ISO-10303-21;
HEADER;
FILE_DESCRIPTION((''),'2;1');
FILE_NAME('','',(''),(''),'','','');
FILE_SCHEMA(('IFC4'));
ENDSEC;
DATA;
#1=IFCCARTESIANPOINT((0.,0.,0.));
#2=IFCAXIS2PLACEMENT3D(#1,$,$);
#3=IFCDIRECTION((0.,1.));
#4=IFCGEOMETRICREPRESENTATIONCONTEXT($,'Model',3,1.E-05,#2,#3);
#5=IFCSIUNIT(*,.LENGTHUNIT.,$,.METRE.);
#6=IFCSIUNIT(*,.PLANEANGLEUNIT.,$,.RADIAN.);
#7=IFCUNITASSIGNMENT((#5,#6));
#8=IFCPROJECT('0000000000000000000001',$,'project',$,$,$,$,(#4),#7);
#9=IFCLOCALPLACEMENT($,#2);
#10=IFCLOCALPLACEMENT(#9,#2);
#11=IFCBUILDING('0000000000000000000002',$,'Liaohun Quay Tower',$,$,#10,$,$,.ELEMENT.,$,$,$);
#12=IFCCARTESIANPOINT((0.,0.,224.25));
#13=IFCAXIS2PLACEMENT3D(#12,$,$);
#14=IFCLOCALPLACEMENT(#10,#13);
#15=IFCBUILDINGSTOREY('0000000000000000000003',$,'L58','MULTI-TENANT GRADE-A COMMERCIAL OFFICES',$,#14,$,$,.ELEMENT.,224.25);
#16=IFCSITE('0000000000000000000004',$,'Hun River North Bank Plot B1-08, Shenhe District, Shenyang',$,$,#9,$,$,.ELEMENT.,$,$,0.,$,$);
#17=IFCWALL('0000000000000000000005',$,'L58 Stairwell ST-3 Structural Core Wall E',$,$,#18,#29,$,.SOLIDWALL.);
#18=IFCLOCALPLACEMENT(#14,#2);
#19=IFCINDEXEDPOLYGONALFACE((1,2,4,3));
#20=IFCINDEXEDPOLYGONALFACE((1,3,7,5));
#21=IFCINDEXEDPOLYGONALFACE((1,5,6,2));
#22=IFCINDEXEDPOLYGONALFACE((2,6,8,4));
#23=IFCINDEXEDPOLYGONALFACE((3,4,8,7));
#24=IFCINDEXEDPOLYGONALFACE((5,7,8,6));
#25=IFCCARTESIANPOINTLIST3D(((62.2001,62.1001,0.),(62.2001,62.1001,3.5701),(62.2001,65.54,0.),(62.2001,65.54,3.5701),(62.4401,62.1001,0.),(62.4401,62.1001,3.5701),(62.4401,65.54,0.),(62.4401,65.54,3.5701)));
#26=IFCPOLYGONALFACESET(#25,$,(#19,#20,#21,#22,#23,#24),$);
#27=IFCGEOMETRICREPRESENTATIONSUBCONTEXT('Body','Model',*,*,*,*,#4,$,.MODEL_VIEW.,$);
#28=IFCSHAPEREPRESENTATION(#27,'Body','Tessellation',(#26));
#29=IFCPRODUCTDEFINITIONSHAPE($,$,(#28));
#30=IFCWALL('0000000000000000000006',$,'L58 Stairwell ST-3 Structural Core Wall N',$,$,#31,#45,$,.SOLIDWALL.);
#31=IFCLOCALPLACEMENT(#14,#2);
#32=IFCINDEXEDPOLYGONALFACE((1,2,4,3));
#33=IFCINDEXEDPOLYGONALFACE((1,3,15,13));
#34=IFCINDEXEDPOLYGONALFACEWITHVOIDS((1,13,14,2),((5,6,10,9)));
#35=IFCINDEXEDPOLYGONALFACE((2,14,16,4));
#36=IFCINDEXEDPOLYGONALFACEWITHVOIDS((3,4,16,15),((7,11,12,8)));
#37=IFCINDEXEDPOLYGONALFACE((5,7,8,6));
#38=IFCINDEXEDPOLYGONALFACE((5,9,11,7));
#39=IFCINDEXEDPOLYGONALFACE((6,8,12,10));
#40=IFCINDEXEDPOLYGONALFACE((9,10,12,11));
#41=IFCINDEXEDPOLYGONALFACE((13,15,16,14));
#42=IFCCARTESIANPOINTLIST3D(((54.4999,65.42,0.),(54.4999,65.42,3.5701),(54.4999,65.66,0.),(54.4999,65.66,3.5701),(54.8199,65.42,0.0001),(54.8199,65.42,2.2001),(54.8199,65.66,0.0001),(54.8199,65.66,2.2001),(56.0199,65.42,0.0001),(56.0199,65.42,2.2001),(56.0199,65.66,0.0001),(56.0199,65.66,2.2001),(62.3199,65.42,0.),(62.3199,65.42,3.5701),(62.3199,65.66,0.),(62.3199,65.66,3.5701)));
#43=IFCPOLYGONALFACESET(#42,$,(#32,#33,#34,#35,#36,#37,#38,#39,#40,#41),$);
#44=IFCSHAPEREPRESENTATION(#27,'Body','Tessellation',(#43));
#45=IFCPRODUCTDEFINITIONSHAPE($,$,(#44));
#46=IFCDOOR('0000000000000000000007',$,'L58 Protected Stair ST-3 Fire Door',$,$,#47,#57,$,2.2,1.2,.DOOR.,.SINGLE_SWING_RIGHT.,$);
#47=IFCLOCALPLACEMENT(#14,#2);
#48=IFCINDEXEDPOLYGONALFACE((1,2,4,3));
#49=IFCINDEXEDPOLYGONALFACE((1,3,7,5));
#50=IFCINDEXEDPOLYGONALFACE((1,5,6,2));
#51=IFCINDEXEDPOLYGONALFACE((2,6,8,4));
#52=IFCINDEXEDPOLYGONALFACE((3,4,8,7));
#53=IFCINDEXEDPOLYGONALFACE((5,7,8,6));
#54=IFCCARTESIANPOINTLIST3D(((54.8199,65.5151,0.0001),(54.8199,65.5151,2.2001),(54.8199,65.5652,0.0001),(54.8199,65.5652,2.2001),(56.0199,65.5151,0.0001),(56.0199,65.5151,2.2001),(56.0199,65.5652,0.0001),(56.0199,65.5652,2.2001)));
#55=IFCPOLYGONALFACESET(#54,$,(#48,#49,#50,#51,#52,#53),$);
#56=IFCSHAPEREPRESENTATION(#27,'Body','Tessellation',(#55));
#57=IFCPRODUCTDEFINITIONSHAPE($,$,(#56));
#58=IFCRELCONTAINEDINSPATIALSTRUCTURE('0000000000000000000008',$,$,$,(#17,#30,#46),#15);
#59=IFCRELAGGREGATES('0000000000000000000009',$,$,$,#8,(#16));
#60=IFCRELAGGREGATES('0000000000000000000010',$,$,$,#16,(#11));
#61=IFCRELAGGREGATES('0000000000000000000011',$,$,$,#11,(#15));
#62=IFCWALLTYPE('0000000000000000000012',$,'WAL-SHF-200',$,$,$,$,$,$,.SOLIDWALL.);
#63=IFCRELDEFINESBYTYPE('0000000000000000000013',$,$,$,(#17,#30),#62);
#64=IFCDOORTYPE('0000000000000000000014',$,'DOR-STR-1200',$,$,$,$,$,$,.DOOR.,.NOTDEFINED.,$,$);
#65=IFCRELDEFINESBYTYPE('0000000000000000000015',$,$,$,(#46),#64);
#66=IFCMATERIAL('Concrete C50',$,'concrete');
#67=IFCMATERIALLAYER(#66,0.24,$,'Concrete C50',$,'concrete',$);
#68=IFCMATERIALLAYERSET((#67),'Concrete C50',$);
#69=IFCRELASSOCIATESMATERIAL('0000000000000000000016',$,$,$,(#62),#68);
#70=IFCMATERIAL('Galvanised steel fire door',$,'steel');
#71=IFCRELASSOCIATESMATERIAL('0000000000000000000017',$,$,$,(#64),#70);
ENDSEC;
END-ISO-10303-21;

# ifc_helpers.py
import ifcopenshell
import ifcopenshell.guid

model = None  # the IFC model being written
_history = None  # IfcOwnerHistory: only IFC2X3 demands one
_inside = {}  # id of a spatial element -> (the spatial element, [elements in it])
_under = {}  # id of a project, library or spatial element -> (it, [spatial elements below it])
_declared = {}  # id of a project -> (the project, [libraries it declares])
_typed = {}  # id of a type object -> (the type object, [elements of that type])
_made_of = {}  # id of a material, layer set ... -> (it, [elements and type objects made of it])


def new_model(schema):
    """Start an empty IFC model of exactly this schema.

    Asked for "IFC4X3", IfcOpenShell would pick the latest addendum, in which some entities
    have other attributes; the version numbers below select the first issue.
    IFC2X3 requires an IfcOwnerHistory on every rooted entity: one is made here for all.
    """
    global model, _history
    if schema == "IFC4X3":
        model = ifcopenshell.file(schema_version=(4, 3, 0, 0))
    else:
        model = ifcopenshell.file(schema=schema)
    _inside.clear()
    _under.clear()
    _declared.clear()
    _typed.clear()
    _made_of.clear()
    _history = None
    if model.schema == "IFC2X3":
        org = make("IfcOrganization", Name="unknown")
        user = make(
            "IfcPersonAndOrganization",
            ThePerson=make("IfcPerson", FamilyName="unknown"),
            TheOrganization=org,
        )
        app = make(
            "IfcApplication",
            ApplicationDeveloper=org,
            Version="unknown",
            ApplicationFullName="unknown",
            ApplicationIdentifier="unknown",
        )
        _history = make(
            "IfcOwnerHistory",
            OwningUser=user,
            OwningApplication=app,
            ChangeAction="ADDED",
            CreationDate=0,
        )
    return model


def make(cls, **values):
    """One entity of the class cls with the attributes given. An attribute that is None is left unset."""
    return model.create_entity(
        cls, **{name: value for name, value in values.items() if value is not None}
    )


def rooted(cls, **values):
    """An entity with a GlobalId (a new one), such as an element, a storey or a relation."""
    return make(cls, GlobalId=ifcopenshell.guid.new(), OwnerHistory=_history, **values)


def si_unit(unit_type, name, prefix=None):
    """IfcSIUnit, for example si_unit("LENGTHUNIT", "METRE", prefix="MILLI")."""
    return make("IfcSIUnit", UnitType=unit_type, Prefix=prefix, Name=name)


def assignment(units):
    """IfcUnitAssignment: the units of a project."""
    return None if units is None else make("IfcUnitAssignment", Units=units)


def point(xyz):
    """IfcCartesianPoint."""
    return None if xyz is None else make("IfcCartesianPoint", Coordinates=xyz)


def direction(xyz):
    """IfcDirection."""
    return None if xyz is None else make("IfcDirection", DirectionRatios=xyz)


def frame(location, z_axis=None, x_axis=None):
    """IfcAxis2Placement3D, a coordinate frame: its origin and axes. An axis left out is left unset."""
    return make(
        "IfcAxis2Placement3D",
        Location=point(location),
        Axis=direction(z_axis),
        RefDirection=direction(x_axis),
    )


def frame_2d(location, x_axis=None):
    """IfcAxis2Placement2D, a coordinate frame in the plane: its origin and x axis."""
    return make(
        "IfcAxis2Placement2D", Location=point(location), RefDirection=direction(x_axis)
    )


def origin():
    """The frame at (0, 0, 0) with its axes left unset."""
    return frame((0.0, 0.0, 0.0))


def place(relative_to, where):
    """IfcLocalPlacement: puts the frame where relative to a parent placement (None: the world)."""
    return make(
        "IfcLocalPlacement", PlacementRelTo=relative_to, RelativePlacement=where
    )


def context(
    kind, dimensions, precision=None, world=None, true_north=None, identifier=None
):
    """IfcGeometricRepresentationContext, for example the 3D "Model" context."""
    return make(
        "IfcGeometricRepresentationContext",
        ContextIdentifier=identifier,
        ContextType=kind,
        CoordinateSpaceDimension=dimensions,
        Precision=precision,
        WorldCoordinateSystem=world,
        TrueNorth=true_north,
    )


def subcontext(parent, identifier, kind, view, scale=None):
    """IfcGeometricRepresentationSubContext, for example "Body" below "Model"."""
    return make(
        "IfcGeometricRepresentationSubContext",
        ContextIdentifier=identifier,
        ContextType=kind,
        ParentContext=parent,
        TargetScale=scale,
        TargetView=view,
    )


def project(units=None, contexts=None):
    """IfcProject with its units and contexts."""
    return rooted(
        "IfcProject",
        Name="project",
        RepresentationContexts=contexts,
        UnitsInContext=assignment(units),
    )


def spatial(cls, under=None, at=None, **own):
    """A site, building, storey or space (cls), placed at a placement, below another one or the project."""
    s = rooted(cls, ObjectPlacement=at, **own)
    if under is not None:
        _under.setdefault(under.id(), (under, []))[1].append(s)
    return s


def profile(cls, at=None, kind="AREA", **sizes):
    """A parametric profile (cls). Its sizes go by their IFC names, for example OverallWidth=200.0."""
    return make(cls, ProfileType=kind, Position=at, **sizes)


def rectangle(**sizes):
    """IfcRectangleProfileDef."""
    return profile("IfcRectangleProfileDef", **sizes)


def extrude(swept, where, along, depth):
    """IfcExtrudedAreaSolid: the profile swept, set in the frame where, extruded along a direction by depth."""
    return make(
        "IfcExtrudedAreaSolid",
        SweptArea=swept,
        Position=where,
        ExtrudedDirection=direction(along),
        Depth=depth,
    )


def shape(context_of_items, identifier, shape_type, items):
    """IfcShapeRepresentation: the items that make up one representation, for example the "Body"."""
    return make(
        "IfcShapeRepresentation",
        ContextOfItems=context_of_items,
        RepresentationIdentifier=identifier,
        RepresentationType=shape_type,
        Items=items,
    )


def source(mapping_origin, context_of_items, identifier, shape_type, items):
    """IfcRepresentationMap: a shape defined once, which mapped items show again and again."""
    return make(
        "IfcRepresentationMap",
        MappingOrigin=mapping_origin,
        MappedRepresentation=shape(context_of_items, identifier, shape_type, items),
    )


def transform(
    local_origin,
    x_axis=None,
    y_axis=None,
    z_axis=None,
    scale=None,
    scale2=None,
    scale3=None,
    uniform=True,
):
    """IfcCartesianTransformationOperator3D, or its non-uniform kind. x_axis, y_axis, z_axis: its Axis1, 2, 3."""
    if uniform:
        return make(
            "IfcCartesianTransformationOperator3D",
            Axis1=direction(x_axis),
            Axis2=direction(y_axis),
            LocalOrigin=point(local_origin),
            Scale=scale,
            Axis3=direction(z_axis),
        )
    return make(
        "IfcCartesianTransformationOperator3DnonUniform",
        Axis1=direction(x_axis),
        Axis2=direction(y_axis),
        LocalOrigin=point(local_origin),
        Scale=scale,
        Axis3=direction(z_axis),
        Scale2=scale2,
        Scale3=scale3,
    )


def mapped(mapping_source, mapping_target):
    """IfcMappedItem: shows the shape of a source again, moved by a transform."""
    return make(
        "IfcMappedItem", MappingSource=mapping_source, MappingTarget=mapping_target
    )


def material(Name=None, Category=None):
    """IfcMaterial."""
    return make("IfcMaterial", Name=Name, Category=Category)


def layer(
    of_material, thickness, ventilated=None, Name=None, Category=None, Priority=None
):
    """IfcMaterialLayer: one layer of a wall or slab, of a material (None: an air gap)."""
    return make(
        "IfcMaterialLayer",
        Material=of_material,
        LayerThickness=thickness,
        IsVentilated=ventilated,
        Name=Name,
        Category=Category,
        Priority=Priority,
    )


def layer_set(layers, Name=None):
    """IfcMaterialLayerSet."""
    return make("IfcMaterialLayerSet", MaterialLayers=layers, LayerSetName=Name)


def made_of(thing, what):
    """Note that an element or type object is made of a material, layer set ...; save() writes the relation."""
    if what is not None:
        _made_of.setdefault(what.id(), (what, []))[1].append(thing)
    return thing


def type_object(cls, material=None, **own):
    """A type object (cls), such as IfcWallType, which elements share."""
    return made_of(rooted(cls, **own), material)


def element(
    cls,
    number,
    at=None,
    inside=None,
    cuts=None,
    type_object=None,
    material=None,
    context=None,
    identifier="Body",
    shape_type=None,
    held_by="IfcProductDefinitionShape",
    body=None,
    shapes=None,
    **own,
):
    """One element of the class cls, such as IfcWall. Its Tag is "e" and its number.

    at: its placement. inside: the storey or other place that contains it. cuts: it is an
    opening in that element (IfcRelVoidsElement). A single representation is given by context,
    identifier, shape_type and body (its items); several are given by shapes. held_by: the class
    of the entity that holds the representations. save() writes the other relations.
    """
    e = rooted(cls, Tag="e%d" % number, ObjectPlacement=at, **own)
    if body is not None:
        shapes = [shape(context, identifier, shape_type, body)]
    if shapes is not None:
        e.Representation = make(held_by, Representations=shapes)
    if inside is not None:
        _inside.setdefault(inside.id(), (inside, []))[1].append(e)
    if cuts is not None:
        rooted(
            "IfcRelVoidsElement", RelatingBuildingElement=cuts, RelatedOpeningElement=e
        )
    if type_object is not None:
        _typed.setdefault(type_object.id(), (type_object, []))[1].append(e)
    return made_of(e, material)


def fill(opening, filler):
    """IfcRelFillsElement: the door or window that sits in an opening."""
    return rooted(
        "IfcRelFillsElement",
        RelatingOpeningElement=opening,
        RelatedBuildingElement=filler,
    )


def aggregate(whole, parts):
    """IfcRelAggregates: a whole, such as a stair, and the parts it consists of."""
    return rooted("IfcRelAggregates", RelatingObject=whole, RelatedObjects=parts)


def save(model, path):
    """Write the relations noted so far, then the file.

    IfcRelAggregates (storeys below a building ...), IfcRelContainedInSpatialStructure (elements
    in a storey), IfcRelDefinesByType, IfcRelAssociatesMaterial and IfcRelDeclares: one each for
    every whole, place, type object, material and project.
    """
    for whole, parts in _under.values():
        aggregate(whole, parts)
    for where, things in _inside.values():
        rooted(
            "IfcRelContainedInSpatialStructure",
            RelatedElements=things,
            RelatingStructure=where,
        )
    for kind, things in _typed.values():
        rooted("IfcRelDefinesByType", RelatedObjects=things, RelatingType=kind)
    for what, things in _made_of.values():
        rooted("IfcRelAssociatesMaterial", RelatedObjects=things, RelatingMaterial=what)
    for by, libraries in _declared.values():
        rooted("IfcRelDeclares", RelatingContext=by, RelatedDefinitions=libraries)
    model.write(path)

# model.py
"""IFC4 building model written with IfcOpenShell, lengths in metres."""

from ifc_helpers import new_model, si_unit, direction, frame, frame_2d, origin, place, context, subcontext, project, spatial, rectangle, extrude, source, transform, mapped, material, layer, layer_set, type_object, element, fill, save


model = new_model("IFC4")

# Units and contexts
model_context = context("Model", 3, precision=1e-05, world=origin(), true_north=direction((0.0, 1.0)))
body_context = subcontext(model_context, "Body", "Model", "MODEL_VIEW")
ifc_project = project(units=[si_unit("LENGTHUNIT", "METRE"), si_unit("PLANEANGLEUNIT", "RADIAN")], contexts=[model_context])

# Site, building, storey
site_placement = place(None, origin())
site = spatial("IfcSite", under=ifc_project, at=site_placement, Name="Hun River North Bank Plot B1-08, Shenhe District, Shenyang", CompositionType="ELEMENT", RefElevation=0.0)
building_placement = place(site_placement, origin())
building = spatial("IfcBuilding", under=site, at=building_placement, Name="Liaohun Quay Tower", CompositionType="ELEMENT")
storey_placement = place(building_placement, frame((0.0, 0.0, 224.25)))
storey = spatial("IfcBuildingStorey", under=building, at=storey_placement, Name="L58", Description="MULTI-TENANT GRADE-A COMMERCIAL OFFICES", CompositionType="ELEMENT", Elevation=224.25)

# Wall
ifc_material_1 = material(Name="Concrete C50", Category="concrete")
ifc_layer_1 = layer(ifc_material_1, 0.24, Name="Concrete C50", Category="concrete")
ifc_layer_set_1 = layer_set([ifc_layer_1], Name="Concrete C50")
wall_type_1 = type_object("IfcWallType", Name="WAL-SHF-200", PredefinedType="SOLIDWALL", material=ifc_layer_set_1)
wall_1_placement = place(storey_placement, frame((62.3201, 62.1001, 0.0), z_axis=(0.0, 0.0, 1.0), x_axis=(0.0, 1.0, 0.0)))
element("IfcWall", 1, at=wall_1_placement, inside=storey, type_object=wall_type_1, Name="L58 Stairwell ST-3 Structural Core Wall E", PredefinedType="SOLIDWALL", context=body_context, shape_type="SweptSolid", body=[
    extrude(rectangle(XDim=3.4399, YDim=0.24, at=frame_2d((1.72, 0.0))), origin(), (0.0, 0.0, 1.0), 3.5701),
])

# Wall, opening, door
wall_2_placement = place(storey_placement, frame((62.3201, 65.54, 0.0), z_axis=(0.0, 0.0, 1.0), x_axis=(-1.0, 0.0, 0.0)))
wall_2 = element("IfcWall", 2, at=wall_2_placement, inside=storey, type_object=wall_type_1, Name="L58 Stairwell ST-3 Structural Core Wall N", PredefinedType="SOLIDWALL", context=body_context, shape_type="SweptSolid", body=[
    extrude(rectangle(XDim=7.8201, YDim=0.24, at=frame_2d((3.9102, 0.0))), origin(), (0.0, 0.0, 1.0), 3.5701),
])
shared_shape_1 = source(origin(), body_context, "Body", "SweptSolid", [
    extrude(rectangle(XDim=1.2, YDim=2.2, at=frame_2d((0.6001, 1.1001))), frame((0.0, 0.1299, 0.0), z_axis=(0.0, -1.0, 0.0), x_axis=(1.0, 0.0, 0.0)), (0.0, 0.0, 1.0), 0.26),
])
opening_1_placement = place(wall_2_placement, frame((6.3, 0.0, 0.0)))
opening_1 = element("IfcOpeningElement", 3, at=opening_1_placement, cuts=wall_2, PredefinedType="OPENING", context=body_context, shape_type="MappedRepresentation", body=[
    mapped(shared_shape_1, transform((0.0, 0.0, 0.0), x_axis=(1.0, 0.0, 0.0), y_axis=(0.0, 1.0, 0.0), z_axis=(0.0, 0.0, 1.0), scale=1.0)),
])
ifc_material_2 = material(Name="Galvanised steel fire door", Category="steel")
door_type_1 = type_object("IfcDoorType", Name="DOR-STR-1200", OperationType="NOTDEFINED", PredefinedType="DOOR", material=ifc_material_2)
shared_shape_2 = source(origin(), body_context, "Body", "SweptSolid", [
    extrude(rectangle(XDim=1.2, YDim=2.2, at=frame_2d((0.6001, 1.1001))), frame((0.0, 0.0249, 0.0), z_axis=(0.0, -1.0, 0.0), x_axis=(1.0, 0.0, 0.0)), (0.0, 0.0, 1.0), 0.05),
])
door_1_placement = place(opening_1_placement, origin())
door_1 = element("IfcDoor", 4, at=door_1_placement, inside=storey, type_object=door_type_1, Name="L58 Protected Stair ST-3 Fire Door", OperationType="SINGLE_SWING_RIGHT", OverallHeight=2.2, OverallWidth=1.2, PredefinedType="DOOR", context=body_context, shape_type="MappedRepresentation", body=[
    mapped(shared_shape_2, transform((0.0, 0.0, 0.0), x_axis=(1.0, 0.0, 0.0), y_axis=(0.0, 1.0, 0.0), z_axis=(0.0, 0.0, 1.0), scale=1.0)),
])
fill(opening_1, door_1)

save(model, "model.ifc")
